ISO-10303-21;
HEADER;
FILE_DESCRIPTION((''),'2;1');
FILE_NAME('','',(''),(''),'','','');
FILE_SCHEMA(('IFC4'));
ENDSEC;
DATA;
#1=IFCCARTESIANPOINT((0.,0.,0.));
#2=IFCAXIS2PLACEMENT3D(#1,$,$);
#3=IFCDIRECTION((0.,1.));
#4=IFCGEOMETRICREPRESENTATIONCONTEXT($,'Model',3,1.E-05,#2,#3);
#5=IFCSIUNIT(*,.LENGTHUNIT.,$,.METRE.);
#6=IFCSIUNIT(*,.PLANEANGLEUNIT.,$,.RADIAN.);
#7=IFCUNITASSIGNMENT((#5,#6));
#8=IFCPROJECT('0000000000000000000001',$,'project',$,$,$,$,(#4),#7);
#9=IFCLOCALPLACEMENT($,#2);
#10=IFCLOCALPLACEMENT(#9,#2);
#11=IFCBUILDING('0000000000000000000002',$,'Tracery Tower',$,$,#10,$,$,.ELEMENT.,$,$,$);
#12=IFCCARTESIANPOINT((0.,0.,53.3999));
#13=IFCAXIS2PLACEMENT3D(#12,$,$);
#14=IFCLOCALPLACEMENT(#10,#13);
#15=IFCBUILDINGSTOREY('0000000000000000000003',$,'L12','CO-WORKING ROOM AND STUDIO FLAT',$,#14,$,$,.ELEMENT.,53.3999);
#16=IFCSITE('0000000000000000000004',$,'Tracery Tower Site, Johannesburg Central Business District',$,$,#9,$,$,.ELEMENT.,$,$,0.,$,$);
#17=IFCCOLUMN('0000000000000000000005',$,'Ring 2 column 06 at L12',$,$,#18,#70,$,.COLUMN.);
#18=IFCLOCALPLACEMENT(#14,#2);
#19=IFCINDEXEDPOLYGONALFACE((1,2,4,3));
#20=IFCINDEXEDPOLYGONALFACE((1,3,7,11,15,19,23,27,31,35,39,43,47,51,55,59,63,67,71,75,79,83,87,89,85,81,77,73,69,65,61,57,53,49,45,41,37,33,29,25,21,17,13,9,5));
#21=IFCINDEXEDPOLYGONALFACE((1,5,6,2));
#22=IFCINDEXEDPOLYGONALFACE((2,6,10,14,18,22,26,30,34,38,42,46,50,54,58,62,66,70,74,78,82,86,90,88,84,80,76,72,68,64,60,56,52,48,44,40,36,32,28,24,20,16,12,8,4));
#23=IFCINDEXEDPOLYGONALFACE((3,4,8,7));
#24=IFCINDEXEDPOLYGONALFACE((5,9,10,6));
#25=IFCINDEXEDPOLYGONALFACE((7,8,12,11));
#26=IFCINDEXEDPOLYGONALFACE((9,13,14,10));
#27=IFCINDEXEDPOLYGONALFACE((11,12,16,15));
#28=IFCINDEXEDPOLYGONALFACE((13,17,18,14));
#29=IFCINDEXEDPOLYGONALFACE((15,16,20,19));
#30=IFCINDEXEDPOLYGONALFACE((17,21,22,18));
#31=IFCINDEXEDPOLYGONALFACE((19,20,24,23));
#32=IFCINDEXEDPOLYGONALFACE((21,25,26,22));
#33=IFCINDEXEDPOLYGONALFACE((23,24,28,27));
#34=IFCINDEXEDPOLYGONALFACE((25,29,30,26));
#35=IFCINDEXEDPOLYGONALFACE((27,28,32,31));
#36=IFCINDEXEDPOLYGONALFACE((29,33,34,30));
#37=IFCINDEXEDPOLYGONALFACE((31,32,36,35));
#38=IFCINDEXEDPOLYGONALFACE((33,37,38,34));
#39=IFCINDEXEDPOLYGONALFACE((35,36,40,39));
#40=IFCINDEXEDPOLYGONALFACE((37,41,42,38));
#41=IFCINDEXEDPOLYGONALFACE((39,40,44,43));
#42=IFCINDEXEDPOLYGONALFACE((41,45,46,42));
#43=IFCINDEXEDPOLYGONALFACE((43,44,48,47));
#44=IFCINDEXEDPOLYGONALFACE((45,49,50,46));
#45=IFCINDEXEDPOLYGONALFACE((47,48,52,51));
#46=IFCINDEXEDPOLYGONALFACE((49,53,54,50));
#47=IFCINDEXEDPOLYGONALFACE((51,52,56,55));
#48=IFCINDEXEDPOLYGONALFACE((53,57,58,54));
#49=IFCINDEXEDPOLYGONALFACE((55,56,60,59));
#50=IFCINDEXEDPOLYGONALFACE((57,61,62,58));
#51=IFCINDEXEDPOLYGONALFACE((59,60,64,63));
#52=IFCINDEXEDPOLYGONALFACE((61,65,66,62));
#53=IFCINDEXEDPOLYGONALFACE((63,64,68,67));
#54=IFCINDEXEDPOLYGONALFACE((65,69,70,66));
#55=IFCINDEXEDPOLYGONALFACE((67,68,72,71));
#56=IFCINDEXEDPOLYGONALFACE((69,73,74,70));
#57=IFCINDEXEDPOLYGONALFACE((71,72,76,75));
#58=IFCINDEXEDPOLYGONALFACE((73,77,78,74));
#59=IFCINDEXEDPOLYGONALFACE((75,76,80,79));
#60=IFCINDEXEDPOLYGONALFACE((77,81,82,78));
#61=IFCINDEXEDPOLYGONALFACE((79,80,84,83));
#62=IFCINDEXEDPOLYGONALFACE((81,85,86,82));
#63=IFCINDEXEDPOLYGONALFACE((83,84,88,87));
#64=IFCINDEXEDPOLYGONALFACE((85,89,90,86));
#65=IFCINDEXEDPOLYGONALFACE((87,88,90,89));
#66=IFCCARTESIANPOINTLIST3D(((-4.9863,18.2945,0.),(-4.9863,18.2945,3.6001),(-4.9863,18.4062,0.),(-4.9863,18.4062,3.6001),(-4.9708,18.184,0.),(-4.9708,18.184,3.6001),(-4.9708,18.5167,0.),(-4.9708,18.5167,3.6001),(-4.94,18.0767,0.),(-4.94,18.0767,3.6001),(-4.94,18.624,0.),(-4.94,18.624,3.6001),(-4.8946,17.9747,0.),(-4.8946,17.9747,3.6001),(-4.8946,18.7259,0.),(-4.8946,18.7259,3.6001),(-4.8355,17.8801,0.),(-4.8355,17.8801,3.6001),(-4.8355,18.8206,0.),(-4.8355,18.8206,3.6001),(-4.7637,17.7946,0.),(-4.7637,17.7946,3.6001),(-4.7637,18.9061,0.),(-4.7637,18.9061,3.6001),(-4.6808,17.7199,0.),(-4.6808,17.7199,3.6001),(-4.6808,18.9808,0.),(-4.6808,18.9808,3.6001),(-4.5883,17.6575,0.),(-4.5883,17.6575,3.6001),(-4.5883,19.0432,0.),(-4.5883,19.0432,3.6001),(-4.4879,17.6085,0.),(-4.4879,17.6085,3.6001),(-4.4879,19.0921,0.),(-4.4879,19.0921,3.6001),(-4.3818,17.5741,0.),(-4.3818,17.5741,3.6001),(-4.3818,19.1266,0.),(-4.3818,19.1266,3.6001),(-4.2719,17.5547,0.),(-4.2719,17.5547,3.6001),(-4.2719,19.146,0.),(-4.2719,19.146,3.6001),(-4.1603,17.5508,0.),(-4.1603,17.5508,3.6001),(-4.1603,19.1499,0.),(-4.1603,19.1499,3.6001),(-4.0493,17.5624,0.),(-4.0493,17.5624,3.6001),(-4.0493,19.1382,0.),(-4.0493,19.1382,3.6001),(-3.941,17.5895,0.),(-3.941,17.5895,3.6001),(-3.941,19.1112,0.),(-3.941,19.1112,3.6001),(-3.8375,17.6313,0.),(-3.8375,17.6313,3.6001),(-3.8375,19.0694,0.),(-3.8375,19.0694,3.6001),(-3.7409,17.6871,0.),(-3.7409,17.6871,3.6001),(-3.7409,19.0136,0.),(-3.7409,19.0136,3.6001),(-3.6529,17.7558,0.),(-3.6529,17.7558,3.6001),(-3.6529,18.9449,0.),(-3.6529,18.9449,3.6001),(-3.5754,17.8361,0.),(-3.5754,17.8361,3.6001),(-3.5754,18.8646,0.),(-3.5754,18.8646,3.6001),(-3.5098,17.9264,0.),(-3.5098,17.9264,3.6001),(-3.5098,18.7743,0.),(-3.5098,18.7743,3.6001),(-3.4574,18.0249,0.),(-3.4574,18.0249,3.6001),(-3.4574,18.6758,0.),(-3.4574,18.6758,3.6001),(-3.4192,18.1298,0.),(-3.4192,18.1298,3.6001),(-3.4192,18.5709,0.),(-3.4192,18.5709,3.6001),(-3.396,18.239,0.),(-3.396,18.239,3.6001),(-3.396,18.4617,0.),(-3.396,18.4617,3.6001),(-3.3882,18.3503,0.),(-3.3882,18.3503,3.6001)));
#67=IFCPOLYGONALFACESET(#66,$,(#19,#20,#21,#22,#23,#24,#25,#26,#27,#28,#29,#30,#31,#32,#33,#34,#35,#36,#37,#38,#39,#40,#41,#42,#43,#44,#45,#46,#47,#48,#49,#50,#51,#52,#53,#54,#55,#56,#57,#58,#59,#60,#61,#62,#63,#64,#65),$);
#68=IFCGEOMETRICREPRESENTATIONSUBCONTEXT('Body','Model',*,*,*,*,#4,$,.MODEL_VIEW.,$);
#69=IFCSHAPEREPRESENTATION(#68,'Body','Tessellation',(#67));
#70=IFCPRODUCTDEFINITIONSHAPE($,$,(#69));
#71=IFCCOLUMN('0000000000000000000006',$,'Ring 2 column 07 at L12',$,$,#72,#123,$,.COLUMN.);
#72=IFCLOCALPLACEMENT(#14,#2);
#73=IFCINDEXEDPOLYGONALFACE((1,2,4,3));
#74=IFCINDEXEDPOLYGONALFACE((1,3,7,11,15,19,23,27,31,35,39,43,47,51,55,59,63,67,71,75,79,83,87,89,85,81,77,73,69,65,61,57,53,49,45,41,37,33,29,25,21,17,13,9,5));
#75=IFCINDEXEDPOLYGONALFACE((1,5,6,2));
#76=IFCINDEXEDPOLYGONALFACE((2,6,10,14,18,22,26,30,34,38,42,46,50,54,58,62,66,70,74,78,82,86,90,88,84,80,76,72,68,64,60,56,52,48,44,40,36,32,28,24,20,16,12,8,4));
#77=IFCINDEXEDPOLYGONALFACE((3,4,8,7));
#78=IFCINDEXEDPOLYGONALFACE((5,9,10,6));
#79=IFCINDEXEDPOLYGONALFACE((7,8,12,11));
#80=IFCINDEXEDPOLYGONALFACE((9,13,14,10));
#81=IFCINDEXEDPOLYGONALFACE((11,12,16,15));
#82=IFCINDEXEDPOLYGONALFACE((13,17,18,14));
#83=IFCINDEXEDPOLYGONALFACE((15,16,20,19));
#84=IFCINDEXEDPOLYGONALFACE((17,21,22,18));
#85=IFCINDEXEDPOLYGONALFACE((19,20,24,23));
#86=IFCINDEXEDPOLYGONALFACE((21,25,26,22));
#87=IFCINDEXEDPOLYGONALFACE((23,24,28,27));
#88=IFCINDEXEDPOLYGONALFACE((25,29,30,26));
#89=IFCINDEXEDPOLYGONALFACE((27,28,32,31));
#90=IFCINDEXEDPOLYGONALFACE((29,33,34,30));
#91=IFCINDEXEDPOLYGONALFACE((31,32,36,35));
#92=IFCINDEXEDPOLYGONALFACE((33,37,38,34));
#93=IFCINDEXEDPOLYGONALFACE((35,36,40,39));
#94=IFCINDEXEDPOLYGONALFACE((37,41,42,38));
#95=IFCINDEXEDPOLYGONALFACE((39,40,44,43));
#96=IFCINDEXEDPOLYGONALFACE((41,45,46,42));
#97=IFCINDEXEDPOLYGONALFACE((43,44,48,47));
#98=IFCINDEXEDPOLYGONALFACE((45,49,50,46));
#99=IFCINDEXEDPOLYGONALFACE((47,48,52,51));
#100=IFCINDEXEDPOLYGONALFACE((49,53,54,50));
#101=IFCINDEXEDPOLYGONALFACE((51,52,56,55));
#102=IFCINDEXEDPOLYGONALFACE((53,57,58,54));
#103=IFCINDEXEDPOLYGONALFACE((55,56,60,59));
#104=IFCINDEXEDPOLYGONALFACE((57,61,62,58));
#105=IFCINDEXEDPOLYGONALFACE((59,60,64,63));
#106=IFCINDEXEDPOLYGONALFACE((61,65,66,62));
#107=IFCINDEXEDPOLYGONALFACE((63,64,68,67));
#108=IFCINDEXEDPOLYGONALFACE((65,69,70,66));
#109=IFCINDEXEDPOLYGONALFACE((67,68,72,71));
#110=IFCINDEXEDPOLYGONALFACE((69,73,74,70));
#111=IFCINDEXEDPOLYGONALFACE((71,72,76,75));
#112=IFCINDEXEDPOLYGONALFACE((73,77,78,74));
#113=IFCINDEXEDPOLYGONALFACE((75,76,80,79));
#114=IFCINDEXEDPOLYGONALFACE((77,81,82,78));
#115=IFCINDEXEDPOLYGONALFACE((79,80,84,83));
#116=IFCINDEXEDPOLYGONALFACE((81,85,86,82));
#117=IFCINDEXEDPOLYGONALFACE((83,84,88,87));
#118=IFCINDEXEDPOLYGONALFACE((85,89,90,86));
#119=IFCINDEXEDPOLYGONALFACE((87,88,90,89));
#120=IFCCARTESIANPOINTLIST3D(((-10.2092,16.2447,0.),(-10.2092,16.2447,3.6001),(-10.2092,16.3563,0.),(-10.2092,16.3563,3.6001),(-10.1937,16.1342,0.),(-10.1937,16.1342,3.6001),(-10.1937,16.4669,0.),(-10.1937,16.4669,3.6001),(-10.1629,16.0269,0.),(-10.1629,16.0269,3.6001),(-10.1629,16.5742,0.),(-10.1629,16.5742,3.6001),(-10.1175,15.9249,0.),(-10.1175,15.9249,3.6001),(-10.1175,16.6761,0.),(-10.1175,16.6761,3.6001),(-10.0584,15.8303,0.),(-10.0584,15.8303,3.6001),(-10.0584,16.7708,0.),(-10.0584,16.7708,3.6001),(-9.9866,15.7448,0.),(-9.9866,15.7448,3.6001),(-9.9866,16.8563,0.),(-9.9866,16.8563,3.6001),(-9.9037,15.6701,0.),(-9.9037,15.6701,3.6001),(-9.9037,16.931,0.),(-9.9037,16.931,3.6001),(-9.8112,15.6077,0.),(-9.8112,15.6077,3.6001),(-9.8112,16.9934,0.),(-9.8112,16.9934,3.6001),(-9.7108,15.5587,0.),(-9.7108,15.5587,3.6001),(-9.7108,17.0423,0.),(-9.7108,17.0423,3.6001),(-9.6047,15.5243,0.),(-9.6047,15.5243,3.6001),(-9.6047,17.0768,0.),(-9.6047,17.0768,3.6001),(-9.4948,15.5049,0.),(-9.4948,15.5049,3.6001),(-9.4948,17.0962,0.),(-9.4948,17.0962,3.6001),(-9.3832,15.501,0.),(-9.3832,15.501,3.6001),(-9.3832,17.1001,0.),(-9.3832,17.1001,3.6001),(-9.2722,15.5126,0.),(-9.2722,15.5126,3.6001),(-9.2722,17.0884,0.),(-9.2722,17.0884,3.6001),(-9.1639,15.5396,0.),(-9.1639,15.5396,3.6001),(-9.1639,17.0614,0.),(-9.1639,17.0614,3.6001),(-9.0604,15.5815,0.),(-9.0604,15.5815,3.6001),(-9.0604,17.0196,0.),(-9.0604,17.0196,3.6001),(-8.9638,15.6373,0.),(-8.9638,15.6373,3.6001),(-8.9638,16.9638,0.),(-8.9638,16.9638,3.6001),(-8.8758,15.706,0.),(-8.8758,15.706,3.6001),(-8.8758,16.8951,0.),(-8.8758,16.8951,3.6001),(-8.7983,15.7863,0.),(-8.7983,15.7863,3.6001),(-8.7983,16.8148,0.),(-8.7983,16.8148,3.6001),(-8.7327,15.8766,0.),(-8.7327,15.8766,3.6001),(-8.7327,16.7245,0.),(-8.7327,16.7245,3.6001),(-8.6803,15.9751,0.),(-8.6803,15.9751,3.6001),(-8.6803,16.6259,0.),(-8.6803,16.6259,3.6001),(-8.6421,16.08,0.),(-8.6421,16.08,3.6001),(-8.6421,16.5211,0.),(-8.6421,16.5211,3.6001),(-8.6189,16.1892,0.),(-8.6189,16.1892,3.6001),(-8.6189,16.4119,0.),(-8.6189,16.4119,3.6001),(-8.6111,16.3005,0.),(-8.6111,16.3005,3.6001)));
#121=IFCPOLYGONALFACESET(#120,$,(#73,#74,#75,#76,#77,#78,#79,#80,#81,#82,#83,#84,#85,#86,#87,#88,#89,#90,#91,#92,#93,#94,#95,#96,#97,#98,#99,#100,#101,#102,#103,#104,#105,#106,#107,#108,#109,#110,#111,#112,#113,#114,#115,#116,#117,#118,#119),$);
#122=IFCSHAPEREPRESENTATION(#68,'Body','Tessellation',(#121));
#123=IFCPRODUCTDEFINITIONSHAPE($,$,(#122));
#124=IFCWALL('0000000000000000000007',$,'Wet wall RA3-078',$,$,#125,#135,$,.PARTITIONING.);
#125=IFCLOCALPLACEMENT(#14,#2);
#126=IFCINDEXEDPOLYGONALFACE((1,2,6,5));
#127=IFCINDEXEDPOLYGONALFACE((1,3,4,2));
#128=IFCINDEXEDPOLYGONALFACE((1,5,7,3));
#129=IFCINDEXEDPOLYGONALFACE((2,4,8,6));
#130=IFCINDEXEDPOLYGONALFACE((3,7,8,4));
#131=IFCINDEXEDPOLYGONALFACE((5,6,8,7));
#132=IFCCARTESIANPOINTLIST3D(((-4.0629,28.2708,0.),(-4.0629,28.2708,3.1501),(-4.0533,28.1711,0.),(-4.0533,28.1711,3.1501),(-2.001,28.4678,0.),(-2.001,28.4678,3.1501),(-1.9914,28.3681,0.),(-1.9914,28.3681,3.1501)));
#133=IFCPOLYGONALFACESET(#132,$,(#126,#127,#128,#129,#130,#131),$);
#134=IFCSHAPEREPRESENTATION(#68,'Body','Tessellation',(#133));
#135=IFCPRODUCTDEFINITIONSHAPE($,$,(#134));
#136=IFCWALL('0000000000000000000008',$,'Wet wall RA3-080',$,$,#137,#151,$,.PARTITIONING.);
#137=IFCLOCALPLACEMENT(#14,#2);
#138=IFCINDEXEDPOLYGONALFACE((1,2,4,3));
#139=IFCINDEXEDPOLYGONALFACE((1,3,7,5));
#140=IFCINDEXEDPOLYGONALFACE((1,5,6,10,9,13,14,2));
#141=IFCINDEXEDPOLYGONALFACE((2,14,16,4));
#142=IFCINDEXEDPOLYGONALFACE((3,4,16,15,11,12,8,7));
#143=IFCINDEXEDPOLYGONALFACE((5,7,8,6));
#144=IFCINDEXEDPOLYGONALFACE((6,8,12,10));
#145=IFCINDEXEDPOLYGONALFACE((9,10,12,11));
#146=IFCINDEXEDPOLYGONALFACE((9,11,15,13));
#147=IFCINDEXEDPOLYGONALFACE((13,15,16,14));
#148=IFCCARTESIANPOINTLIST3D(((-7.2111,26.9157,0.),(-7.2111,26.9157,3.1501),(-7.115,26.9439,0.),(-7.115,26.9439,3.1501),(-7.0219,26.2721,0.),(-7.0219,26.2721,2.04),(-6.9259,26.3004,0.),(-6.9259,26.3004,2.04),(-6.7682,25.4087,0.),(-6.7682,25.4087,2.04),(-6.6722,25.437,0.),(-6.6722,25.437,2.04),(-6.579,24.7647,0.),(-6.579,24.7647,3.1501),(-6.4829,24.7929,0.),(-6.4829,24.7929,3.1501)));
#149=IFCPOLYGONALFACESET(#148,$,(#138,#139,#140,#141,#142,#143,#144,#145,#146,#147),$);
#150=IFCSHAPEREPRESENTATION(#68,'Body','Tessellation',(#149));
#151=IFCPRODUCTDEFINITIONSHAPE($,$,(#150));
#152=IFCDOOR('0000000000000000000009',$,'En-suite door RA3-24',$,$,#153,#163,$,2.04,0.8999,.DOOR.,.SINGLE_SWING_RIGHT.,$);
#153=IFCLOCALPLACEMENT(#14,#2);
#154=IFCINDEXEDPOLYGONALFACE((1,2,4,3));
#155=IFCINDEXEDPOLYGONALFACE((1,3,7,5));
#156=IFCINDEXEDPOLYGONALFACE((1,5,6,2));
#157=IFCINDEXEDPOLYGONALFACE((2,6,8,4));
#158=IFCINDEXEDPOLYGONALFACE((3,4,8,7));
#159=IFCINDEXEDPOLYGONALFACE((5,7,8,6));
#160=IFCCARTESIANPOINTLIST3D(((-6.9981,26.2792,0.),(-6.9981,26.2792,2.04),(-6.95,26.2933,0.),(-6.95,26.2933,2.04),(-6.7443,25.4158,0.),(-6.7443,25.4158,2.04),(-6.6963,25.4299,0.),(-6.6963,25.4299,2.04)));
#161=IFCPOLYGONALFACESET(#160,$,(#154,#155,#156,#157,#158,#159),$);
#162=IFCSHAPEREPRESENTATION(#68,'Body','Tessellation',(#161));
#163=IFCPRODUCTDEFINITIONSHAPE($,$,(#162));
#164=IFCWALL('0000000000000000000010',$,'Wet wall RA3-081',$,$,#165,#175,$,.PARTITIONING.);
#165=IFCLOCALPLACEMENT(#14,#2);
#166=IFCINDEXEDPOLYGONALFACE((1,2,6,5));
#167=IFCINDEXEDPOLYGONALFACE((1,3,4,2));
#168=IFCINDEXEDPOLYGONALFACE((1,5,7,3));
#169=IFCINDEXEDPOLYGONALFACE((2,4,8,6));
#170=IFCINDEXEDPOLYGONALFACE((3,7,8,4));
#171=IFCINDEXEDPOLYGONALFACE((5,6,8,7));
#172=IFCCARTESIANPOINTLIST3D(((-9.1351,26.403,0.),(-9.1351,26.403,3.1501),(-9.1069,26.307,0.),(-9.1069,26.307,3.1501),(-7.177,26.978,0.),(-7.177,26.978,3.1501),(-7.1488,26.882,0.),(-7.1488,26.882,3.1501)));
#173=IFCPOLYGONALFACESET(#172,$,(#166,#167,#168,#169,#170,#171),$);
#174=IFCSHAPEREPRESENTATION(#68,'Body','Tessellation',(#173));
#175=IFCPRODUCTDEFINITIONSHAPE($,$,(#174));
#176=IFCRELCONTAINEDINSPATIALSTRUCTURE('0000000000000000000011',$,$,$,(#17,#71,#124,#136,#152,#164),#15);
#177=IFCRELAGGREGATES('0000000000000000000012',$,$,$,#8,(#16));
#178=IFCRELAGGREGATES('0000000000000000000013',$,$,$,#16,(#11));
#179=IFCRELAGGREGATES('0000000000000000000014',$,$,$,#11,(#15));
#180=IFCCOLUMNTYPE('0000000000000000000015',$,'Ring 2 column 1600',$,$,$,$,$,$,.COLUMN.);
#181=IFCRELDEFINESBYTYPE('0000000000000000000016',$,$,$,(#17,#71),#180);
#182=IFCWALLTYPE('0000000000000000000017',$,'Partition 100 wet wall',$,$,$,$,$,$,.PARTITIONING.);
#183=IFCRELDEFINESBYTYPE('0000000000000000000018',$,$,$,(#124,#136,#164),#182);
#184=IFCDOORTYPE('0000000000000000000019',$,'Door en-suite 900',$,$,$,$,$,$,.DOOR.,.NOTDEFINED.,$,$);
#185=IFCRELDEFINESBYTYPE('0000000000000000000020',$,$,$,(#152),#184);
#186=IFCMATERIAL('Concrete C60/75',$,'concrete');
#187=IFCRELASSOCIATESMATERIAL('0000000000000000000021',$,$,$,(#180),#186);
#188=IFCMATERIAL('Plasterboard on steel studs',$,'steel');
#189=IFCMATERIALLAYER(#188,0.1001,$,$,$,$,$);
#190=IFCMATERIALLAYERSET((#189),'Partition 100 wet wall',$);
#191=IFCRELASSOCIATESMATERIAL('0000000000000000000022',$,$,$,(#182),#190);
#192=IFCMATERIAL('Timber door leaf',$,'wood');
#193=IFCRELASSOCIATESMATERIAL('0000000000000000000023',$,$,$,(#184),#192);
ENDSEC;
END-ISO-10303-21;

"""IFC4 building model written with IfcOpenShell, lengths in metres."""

from ifc_helpers import new_model, si_unit, direction, frame, frame_2d, origin, origin_2d, place, context, subcontext, project, spatial, rectangle, circle, extrude, material, layer, layer_set, material_profile, profile_set, type_object, element, fill, save


model = new_model("IFC4")

# Units and contexts
model_context = context("Model", 3, precision=1e-05, world=origin(), true_north=direction((0.0, 1.0)))
body_context = subcontext(model_context, "Body", "Model", "MODEL_VIEW")
ifc_project = project(units=[si_unit("LENGTHUNIT", "METRE"), si_unit("PLANEANGLEUNIT", "RADIAN")], contexts=[model_context])

# Site, building, storey
site_placement = place(None, origin())
site = spatial("IfcSite", under=ifc_project, at=site_placement, Name="Tracery Tower Site, Johannesburg Central Business District", CompositionType="ELEMENT", RefElevation=0.0)
building_placement = place(site_placement, origin())
building = spatial("IfcBuilding", under=site, at=building_placement, Name="Tracery Tower", CompositionType="ELEMENT")
storey_placement = place(building_placement, frame((0.0, 0.0, 53.3999)))
storey = spatial("IfcBuildingStorey", under=building, at=storey_placement, Name="L12", Description="CO-WORKING ROOM AND STUDIO FLAT", CompositionType="ELEMENT", Elevation=53.3999)

# Columns
ifc_material_1 = material(Name="Concrete C60/75", Category="concrete")
ifc_material_profile_1 = material_profile(ifc_material_1, circle(Radius=0.8, at=origin_2d()), Name="RC D1600")
ifc_profile_set_1 = profile_set([ifc_material_profile_1], Name="Concrete C60/75")
column_type_1 = type_object("IfcColumnType", Name="Ring 2 column 1600", PredefinedType="COLUMN", material=ifc_profile_set_1)
for number, where, z_axis, x_axis, name in (
    (1, (-4.1882, 18.3503, 0.0), (0.0, 0.0, 1.0), (1.0, 0.0, 0.0), "Ring 2 column 06 at L12"),
    (2, (-9.4111, 16.3005, 0.0), (0.0, 0.0, 1.0), (1.0, 0.0, 0.0), "Ring 2 column 07 at L12"),
):
    element("IfcColumn", number, at=place(storey_placement, frame(where, z_axis=z_axis, x_axis=x_axis)), inside=storey, type_object=column_type_1, Name=name, PredefinedType="COLUMN", context=body_context, shape_type="SweptSolid", body=[
        extrude(circle(Radius=0.8, at=origin_2d()), origin(), (0.0, 0.0, 1.0), 3.6001),
    ])

# Wall
ifc_material_2 = material(Name="Plasterboard on steel studs", Category="steel")
ifc_layer_1 = layer(ifc_material_2, 0.1001)
ifc_layer_set_1 = layer_set([ifc_layer_1], Name="Partition 100 wet wall")
wall_type_1 = type_object("IfcWallType", Name="Partition 100 wet wall", PredefinedType="PARTITIONING", material=ifc_layer_set_1)
wall_1_placement = place(storey_placement, frame((-4.0581, 28.2209, 0.0), z_axis=(0.0, 0.0, 1.0), x_axis=(0.995466, 0.095115, 0.0)))
element("IfcWall", 3, at=wall_1_placement, inside=storey, type_object=wall_type_1, Name="Wet wall RA3-078", PredefinedType="PARTITIONING", context=body_context, shape_type="SweptSolid", body=[
    extrude(rectangle(XDim=2.0713, YDim=0.1001, at=frame_2d((1.0356, 0.0))), origin(), (0.0, 0.0, 1.0), 3.1501),
])

# Wall, opening, door
wall_2_placement = place(storey_placement, frame((-7.1631, 26.9299, 0.0), z_axis=(0.0, 0.0, 1.0), x_axis=(0.281948, -0.95943, 0.0)))
wall_2 = element("IfcWall", 4, at=wall_2_placement, inside=storey, type_object=wall_type_1, Name="Wet wall RA3-080", PredefinedType="PARTITIONING", context=body_context, shape_type="SweptSolid", body=[
    extrude(rectangle(XDim=2.2419, YDim=0.1001, at=frame_2d((1.1211, 0.0))), origin(), (0.0, 0.0, 1.0), 3.1501),
])
opening_1_placement = place(wall_2_placement, frame((0.6709, 0.0, 0.0)))
opening_1 = element("IfcOpeningElement", 5, at=opening_1_placement, cuts=wall_2, PredefinedType="OPENING", context=body_context, shape_type="SweptSolid", body=[
    extrude(rectangle(XDim=0.8999, YDim=2.04, at=frame_2d((0.45, 1.02))), frame((0.0, 0.05, 0.0), z_axis=(0.0, -1.0, 0.0), x_axis=(1.0, 0.0, 0.0)), (0.0, 0.0, 1.0), 0.1001),
])
ifc_material_3 = material(Name="Timber door leaf", Category="wood")
door_type_1 = type_object("IfcDoorType", Name="Door en-suite 900", OperationType="NOTDEFINED", PredefinedType="DOOR", material=ifc_material_3)
door_1_placement = place(opening_1_placement, origin())
door_1 = element("IfcDoor", 6, at=door_1_placement, inside=storey, type_object=door_type_1, Name="En-suite door RA3-24", OperationType="SINGLE_SWING_RIGHT", OverallHeight=2.04, OverallWidth=0.8999, PredefinedType="DOOR", context=body_context, shape_type="SweptSolid", body=[
    extrude(rectangle(XDim=0.8999, YDim=2.04, at=frame_2d((0.45, 1.02))), frame((0.0, 0.0249, 0.0), z_axis=(0.0, -1.0, 0.0), x_axis=(1.0, 0.0, 0.0)), (0.0, 0.0, 1.0), 0.05),
])
fill(opening_1, door_1)

# Wall
wall_3_placement = place(storey_placement, frame((-9.1211, 26.355, 0.0), z_axis=(0.0, 0.0, 1.0), x_axis=(0.959489, 0.281745, 0.0)))
element("IfcWall", 7, at=wall_3_placement, inside=storey, type_object=wall_type_1, Name="Wet wall RA3-081", PredefinedType="PARTITIONING", context=body_context, shape_type="SweptSolid", body=[
    extrude(rectangle(XDim=2.0408, YDim=0.1001, at=frame_2d((1.0205, 0.0))), origin(), (0.0, 0.0, 1.0), 3.1501),
])

save(model, "model.ifc")
